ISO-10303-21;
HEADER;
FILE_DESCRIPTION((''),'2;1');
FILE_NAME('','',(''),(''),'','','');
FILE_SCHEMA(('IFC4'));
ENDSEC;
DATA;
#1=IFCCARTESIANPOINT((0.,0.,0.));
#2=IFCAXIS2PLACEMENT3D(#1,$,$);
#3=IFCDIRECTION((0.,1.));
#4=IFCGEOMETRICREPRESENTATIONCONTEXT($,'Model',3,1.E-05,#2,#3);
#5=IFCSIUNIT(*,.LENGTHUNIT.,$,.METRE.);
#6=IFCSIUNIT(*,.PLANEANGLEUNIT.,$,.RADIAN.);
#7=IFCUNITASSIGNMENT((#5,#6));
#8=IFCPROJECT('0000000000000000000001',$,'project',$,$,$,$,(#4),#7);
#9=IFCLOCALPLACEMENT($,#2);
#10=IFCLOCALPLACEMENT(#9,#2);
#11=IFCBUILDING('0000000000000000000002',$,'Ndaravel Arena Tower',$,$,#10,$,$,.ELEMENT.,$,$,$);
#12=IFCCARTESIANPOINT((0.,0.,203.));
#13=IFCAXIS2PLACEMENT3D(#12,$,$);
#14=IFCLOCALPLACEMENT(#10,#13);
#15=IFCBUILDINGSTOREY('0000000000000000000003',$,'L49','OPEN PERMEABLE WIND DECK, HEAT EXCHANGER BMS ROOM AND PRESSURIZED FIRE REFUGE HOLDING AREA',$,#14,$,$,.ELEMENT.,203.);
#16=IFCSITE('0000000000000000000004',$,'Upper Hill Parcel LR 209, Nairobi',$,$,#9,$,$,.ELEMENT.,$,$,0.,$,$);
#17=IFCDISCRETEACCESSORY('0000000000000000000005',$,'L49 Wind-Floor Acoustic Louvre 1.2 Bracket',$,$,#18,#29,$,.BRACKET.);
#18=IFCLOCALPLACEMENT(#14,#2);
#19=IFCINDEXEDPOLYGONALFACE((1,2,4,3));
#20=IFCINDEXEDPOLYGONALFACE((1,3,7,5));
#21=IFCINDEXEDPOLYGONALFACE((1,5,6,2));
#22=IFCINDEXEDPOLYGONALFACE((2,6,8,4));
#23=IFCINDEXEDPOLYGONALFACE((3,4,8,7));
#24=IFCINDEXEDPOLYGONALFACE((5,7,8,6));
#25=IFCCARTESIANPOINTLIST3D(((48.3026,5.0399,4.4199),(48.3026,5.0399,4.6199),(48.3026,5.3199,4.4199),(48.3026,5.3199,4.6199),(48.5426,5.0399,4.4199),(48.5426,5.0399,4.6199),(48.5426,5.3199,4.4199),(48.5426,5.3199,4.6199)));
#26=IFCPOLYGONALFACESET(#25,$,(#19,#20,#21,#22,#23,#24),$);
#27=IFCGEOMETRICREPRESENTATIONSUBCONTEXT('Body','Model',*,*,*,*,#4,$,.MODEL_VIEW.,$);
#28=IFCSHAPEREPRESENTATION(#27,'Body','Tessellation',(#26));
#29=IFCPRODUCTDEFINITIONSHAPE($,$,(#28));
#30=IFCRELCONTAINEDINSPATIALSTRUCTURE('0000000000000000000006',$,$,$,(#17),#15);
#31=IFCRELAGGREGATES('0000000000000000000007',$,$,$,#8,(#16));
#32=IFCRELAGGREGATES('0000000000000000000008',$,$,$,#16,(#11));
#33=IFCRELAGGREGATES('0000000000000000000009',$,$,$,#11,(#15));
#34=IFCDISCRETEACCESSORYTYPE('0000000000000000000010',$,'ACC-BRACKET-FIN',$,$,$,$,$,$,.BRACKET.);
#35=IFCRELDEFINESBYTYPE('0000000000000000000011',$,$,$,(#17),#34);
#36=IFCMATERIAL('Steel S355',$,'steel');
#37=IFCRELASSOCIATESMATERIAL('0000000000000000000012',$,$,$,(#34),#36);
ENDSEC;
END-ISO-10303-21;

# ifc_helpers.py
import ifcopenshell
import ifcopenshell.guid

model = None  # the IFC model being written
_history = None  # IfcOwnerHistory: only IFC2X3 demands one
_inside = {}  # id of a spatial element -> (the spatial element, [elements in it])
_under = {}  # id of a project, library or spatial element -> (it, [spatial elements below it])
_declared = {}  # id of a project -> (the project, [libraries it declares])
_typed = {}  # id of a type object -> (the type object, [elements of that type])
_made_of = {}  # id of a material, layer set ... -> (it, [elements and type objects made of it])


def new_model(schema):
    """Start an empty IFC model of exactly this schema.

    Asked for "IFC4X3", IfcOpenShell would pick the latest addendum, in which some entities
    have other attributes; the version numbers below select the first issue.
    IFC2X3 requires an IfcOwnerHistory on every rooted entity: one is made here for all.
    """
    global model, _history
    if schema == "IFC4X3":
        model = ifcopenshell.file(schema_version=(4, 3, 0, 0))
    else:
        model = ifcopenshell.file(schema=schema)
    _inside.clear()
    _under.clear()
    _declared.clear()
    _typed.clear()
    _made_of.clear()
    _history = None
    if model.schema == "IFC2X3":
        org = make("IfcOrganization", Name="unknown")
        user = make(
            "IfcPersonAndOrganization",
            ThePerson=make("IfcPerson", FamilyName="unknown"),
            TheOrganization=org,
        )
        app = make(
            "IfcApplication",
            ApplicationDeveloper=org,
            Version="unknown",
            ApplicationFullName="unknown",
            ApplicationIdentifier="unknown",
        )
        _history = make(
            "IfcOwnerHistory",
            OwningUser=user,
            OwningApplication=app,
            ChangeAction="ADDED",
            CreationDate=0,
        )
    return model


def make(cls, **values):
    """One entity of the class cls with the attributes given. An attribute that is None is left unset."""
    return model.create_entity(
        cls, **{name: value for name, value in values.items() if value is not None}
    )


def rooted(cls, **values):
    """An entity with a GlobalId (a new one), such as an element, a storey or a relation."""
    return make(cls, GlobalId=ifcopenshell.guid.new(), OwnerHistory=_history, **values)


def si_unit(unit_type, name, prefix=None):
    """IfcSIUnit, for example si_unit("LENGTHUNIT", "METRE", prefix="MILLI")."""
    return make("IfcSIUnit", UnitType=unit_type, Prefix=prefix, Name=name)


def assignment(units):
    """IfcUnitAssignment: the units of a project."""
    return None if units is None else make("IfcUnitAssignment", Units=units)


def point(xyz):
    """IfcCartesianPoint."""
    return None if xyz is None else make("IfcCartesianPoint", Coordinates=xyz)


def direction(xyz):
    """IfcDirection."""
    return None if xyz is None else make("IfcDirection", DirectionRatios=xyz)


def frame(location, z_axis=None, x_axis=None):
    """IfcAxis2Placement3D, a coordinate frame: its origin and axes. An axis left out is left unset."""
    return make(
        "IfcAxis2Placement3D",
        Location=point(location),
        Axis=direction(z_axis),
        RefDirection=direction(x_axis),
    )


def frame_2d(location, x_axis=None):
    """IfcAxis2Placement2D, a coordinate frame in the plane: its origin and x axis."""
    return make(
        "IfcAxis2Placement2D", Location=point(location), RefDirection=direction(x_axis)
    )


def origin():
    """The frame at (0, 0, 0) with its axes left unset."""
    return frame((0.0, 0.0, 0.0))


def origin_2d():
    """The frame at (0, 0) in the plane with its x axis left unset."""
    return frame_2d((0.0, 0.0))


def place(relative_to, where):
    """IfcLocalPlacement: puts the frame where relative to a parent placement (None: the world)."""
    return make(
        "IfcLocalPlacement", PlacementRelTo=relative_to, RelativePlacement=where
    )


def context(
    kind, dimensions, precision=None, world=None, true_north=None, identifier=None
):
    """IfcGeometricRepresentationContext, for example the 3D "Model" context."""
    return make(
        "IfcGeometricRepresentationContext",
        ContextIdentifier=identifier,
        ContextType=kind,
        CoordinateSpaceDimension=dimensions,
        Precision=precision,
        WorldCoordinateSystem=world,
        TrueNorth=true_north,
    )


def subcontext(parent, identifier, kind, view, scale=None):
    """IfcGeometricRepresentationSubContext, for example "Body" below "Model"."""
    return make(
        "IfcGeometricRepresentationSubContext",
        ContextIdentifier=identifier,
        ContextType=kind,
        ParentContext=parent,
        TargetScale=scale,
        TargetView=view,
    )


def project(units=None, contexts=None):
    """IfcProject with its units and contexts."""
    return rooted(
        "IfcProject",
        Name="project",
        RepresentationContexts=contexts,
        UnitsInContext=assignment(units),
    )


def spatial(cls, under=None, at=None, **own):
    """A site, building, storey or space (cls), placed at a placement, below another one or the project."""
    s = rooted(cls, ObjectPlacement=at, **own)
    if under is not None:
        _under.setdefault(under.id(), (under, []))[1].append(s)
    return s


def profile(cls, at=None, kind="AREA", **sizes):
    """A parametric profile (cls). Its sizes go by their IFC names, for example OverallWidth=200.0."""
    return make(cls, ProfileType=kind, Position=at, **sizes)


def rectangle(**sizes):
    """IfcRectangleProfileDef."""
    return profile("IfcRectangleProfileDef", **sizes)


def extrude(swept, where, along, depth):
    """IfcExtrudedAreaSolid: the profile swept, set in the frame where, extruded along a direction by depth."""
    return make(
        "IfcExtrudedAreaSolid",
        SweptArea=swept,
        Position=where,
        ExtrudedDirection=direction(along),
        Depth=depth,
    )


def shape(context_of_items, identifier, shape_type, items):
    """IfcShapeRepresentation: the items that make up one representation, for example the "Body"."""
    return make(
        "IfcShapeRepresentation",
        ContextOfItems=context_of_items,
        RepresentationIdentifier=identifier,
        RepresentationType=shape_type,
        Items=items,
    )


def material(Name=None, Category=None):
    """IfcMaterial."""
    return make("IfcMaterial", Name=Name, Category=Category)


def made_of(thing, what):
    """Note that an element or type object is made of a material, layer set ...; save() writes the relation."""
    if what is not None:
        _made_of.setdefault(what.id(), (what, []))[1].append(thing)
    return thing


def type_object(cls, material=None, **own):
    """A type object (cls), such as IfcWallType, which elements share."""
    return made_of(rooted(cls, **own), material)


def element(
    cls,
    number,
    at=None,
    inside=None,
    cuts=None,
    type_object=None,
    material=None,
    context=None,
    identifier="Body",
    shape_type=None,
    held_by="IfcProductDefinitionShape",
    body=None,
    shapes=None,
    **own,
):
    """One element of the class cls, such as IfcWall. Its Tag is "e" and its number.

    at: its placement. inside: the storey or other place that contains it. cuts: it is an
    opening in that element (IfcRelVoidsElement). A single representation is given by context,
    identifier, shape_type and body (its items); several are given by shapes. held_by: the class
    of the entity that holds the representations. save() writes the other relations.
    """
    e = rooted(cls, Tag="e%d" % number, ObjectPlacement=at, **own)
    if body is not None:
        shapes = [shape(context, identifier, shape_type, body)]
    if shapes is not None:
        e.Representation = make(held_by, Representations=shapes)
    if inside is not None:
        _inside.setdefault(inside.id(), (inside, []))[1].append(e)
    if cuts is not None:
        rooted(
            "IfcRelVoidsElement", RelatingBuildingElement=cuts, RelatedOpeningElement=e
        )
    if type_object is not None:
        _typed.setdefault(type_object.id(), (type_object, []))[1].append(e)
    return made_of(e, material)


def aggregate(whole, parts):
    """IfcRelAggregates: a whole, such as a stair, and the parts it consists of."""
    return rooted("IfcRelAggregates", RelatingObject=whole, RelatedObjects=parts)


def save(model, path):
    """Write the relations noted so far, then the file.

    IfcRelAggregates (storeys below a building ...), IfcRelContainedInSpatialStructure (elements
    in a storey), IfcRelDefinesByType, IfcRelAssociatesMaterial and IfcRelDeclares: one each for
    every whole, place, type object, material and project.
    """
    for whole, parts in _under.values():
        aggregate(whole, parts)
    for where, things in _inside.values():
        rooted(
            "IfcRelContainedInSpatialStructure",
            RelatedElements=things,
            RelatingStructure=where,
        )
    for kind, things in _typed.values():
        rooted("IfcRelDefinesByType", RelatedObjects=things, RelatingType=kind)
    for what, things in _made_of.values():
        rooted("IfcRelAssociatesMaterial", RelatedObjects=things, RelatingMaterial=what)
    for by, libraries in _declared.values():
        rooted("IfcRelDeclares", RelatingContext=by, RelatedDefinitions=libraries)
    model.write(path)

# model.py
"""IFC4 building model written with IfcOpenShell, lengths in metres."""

from ifc_helpers import new_model, si_unit, direction, frame, origin, origin_2d, place, context, subcontext, project, spatial, rectangle, extrude, material, type_object, element, save


model = new_model("IFC4")

# Units and contexts
model_context = context("Model", 3, precision=1e-05, world=origin(), true_north=direction((0.0, 1.0)))
body_context = subcontext(model_context, "Body", "Model", "MODEL_VIEW")
ifc_project = project(units=[si_unit("LENGTHUNIT", "METRE"), si_unit("PLANEANGLEUNIT", "RADIAN")], contexts=[model_context])

# Site, building, storey
site_placement = place(None, origin())
site = spatial("IfcSite", under=ifc_project, at=site_placement, Name="Upper Hill Parcel LR 209, Nairobi", CompositionType="ELEMENT", RefElevation=0.0)
building_placement = place(site_placement, origin())
building = spatial("IfcBuilding", under=site, at=building_placement, Name="Ndaravel Arena Tower", CompositionType="ELEMENT")
storey_placement = place(building_placement, frame((0.0, 0.0, 203.0)))
storey = spatial("IfcBuildingStorey", under=building, at=storey_placement, Name="L49", Description="OPEN PERMEABLE WIND DECK, HEAT EXCHANGER BMS ROOM AND PRESSURIZED FIRE REFUGE HOLDING AREA", CompositionType="ELEMENT", Elevation=203.0)

# Discrete accessory
ifc_material_1 = material(Name="Steel S355", Category="steel")
discrete_accessory_type = type_object("IfcDiscreteAccessoryType", Name="ACC-BRACKET-FIN", PredefinedType="BRACKET", material=ifc_material_1)
discrete_accessory_placement = place(storey_placement, frame((48.4226, 5.1799, 4.4199), z_axis=(0.0, 0.0, 1.0), x_axis=(0.0, -1.0, 0.0)))
element("IfcDiscreteAccessory", 1, at=discrete_accessory_placement, inside=storey, type_object=discrete_accessory_type, Name="L49 Wind-Floor Acoustic Louvre 1.2 Bracket", PredefinedType="BRACKET", context=body_context, shape_type="SweptSolid", body=[
    extrude(rectangle(XDim=0.28, YDim=0.24, at=origin_2d()), origin(), (0.0, 0.0, 1.0), 0.2),
])

save(model, "model.ifc")
